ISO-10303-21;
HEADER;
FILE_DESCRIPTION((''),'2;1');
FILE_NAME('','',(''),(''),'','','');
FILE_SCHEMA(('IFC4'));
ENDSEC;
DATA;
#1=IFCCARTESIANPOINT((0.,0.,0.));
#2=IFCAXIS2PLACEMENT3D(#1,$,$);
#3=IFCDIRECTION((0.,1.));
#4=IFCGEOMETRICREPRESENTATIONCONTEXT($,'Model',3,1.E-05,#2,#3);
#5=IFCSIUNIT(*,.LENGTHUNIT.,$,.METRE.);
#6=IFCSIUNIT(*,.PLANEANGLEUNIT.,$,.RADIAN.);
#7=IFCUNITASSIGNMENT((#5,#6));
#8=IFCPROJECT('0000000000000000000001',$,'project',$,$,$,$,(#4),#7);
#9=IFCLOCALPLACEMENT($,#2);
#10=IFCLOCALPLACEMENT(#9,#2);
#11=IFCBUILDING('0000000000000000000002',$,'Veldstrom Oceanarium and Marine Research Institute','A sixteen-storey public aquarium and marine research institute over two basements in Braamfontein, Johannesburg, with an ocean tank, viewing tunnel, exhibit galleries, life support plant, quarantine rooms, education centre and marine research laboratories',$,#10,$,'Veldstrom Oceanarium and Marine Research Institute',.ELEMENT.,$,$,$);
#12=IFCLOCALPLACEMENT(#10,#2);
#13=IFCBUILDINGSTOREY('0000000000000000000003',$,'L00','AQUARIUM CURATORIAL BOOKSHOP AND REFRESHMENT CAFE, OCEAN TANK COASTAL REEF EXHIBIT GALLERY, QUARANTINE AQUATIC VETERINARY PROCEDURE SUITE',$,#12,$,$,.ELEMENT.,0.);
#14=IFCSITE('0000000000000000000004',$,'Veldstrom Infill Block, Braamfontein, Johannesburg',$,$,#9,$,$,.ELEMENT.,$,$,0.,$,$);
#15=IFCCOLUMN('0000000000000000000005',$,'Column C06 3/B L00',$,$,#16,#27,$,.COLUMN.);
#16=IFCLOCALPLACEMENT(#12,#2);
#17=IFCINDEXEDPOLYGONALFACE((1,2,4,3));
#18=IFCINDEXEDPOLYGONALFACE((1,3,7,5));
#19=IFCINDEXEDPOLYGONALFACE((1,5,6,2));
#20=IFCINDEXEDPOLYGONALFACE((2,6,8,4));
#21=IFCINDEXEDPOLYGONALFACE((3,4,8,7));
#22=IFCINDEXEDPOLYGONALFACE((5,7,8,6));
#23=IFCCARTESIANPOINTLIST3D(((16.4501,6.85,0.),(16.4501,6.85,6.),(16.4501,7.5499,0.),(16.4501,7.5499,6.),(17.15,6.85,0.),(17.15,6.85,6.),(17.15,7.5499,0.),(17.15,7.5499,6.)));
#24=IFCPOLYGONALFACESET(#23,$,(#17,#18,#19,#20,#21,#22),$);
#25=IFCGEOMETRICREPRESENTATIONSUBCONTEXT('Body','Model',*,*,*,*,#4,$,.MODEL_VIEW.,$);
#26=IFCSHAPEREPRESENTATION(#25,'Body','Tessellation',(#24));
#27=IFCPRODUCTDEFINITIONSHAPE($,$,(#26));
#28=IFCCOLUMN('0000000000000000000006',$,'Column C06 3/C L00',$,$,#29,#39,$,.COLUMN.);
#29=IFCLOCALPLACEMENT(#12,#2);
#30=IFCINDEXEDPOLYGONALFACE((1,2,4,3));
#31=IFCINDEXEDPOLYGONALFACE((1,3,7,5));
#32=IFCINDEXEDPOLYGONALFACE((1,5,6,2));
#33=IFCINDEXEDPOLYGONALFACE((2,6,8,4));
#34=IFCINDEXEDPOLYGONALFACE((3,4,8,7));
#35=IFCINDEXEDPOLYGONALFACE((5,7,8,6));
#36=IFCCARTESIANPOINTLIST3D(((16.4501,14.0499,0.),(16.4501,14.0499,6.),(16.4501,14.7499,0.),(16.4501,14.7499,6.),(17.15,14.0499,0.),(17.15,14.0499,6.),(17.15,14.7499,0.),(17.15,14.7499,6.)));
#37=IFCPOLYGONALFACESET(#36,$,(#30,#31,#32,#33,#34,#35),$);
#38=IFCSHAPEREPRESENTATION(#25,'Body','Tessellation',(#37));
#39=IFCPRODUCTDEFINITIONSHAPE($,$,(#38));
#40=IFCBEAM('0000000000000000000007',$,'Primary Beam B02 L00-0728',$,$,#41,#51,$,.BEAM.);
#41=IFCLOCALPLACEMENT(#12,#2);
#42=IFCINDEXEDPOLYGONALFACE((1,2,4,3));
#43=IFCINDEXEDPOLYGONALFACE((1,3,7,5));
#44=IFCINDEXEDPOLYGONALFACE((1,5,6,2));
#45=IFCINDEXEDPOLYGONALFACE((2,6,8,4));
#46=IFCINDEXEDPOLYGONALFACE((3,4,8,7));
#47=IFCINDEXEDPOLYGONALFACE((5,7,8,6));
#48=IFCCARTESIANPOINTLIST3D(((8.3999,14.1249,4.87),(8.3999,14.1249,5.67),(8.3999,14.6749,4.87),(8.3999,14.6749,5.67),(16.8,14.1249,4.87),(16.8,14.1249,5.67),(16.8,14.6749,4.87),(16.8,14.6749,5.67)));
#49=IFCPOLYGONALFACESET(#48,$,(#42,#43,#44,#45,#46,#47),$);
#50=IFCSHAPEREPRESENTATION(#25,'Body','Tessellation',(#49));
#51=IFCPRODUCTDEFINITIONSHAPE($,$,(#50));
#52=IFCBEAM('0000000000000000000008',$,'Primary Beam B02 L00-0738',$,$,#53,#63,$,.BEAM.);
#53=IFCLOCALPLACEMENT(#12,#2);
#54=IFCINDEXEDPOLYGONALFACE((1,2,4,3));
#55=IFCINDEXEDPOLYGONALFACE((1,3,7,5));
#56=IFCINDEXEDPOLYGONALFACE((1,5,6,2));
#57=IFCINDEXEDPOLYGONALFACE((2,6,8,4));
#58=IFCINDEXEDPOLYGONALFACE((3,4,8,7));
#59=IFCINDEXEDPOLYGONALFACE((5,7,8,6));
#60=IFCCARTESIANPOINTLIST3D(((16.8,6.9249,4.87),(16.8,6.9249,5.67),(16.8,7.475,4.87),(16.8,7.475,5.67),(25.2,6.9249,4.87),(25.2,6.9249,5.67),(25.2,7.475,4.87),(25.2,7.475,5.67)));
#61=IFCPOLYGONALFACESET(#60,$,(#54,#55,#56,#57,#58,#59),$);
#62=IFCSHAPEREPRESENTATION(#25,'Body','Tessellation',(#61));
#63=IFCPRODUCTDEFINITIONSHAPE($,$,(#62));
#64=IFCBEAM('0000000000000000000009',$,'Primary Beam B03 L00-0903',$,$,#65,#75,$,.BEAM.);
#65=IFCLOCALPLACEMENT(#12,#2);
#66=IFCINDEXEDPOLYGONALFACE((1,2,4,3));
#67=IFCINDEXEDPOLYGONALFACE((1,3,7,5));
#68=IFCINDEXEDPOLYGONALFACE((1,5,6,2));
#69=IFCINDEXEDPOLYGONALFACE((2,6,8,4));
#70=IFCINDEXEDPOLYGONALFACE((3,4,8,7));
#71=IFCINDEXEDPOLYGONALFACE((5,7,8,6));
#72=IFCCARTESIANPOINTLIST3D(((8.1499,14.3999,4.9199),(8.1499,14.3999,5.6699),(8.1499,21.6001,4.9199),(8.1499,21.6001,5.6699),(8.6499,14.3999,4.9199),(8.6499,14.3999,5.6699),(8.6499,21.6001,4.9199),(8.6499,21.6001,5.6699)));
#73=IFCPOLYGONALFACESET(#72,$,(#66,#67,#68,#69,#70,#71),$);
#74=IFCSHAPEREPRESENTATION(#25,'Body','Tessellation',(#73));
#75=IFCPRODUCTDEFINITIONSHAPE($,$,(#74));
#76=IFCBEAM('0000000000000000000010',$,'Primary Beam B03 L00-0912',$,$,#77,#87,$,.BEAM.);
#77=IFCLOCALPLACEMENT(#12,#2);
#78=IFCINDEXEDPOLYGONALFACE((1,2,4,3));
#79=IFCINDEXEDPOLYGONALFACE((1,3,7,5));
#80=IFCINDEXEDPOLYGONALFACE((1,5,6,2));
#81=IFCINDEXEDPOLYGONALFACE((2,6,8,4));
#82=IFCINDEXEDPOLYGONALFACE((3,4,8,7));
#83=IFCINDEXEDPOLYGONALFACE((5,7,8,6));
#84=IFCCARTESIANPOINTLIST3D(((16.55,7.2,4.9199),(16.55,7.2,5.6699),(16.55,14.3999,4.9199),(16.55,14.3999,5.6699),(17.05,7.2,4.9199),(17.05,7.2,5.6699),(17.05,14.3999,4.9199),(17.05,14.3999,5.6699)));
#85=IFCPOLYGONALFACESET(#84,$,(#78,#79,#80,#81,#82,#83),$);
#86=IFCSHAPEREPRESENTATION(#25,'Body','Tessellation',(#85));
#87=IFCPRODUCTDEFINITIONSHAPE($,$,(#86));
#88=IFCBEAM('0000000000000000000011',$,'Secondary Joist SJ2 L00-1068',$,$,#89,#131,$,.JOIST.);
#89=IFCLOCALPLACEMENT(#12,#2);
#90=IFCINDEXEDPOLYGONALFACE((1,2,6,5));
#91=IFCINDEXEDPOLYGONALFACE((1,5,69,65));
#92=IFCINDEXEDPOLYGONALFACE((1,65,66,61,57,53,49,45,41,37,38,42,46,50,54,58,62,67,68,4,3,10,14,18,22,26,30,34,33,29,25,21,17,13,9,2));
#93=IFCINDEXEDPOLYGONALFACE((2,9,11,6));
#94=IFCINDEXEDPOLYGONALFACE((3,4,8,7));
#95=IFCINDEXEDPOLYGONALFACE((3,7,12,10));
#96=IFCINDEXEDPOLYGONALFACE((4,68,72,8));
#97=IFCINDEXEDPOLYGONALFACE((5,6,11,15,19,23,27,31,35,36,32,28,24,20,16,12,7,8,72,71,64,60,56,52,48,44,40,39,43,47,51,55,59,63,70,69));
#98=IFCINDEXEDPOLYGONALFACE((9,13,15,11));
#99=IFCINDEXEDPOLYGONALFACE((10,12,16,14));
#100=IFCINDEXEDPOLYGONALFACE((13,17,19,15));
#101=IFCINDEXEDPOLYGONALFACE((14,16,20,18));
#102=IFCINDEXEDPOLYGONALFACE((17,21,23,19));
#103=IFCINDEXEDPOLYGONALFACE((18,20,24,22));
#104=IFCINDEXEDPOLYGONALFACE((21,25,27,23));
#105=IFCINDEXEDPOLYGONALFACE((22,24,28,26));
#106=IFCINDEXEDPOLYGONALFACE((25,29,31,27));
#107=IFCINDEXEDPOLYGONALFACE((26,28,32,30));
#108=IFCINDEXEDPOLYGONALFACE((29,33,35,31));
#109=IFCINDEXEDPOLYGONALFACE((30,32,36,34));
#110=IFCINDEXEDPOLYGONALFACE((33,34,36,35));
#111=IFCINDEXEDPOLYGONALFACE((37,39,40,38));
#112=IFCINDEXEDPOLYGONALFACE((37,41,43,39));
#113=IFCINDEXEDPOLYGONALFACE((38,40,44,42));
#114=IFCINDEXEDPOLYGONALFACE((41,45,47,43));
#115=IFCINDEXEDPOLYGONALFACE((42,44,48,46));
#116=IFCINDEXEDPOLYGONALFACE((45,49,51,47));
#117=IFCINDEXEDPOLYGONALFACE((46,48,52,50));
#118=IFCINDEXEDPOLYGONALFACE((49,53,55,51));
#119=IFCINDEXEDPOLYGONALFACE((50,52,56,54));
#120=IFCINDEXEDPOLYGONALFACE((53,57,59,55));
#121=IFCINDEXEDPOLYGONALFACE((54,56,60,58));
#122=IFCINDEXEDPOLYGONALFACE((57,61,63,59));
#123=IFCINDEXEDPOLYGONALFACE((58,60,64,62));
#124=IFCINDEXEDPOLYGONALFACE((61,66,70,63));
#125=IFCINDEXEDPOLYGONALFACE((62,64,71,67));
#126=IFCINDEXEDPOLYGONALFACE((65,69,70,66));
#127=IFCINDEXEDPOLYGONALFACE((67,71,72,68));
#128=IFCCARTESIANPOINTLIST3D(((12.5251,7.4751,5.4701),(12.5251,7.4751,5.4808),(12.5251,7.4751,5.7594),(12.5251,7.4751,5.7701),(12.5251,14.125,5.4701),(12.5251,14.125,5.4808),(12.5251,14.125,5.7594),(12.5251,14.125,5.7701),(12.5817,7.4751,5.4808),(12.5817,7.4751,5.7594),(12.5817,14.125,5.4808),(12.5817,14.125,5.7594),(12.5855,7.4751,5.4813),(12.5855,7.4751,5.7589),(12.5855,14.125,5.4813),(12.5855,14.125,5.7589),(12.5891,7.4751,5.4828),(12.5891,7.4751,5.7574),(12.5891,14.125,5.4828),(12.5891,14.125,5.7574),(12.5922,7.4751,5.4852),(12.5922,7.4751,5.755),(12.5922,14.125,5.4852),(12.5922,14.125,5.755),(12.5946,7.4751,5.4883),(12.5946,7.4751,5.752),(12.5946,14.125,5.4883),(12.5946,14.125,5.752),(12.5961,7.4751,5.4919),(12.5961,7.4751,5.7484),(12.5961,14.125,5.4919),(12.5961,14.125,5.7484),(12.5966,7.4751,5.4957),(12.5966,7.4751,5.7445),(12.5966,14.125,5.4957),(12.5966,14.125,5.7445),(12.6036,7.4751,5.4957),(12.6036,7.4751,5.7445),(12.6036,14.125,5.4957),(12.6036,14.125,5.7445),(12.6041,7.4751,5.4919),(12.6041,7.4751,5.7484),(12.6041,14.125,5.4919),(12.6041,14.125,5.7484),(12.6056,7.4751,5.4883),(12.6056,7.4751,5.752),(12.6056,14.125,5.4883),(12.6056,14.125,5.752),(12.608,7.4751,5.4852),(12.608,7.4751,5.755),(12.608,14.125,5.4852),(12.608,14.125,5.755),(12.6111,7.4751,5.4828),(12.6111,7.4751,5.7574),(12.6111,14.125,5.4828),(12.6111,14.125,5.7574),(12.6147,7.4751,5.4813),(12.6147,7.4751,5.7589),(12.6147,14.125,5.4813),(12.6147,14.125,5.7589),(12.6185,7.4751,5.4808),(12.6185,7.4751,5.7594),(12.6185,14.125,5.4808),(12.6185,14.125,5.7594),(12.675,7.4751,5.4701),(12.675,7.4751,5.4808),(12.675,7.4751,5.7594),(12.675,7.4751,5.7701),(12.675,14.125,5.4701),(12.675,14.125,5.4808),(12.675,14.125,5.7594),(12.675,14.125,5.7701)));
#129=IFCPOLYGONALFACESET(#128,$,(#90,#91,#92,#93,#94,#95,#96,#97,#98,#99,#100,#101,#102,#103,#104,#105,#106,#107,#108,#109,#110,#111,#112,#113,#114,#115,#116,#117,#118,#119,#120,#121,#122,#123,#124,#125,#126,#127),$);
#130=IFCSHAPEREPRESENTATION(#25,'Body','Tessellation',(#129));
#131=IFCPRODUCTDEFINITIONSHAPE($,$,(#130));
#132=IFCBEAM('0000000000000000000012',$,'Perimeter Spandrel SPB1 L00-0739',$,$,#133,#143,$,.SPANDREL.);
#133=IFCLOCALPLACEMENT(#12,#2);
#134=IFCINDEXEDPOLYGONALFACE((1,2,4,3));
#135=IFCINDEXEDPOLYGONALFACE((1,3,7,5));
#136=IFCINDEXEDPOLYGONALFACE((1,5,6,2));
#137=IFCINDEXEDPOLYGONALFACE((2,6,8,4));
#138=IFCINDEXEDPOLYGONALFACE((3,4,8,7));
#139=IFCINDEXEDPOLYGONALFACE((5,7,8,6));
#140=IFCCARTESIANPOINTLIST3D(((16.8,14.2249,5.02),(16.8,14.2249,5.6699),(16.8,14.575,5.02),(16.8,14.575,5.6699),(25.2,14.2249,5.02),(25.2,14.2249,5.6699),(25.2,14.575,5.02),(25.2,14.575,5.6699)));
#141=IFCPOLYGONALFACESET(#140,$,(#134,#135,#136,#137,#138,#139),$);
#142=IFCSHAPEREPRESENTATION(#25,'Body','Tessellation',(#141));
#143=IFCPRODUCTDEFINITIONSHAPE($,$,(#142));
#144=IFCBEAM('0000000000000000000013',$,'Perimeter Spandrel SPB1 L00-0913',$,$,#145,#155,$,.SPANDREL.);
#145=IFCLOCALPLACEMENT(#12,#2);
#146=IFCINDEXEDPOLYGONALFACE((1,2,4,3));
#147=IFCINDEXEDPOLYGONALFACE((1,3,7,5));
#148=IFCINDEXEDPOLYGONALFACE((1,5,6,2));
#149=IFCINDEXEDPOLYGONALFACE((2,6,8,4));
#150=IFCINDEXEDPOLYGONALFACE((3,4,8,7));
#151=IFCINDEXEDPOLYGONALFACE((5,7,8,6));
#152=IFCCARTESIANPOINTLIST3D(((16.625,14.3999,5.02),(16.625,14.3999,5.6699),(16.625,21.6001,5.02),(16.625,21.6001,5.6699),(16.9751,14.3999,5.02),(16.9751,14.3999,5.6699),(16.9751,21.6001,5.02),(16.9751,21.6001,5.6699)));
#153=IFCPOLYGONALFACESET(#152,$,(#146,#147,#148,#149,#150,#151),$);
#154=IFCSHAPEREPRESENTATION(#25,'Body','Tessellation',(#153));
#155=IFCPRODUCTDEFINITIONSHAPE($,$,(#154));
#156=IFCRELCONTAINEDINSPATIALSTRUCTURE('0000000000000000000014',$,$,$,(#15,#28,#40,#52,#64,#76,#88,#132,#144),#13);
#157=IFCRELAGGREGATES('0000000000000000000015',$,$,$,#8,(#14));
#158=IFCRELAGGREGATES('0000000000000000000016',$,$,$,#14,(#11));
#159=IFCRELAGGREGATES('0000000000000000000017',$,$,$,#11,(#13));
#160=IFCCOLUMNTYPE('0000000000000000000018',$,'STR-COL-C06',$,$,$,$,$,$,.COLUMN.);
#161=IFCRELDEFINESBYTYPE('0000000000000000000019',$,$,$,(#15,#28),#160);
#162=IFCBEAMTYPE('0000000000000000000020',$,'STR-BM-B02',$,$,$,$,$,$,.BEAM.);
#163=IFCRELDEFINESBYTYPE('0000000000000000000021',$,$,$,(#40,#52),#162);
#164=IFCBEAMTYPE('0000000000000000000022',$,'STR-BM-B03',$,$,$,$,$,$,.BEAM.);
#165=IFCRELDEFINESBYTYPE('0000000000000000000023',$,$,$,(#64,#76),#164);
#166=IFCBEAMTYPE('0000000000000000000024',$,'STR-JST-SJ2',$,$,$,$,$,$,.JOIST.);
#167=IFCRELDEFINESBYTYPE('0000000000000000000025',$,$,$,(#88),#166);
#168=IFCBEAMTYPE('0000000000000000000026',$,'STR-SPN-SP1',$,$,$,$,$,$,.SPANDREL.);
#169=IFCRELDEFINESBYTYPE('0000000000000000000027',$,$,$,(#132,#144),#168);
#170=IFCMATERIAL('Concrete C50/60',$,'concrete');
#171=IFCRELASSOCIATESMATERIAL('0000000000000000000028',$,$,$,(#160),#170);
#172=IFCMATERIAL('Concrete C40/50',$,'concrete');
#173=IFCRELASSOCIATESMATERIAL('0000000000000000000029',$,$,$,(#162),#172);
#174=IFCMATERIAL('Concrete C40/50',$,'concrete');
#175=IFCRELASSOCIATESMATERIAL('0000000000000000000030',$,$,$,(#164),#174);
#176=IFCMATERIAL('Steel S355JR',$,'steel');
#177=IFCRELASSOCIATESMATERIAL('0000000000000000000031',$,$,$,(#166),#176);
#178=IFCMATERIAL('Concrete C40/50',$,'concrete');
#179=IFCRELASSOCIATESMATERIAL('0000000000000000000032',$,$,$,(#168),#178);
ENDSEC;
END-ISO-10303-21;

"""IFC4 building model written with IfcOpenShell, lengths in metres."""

from ifc_helpers import new_model, si_unit, direction, frame, origin, origin_2d, place, context, subcontext, project, spatial, rectangle, i_section, extrude, material, material_profile, profile_set, type_object, element, save


model = new_model("IFC4")

# Units and contexts
model_context = context("Model", 3, precision=1e-05, world=origin(), true_north=direction((0.0, 1.0)))
body_context = subcontext(model_context, "Body", "Model", "MODEL_VIEW")
ifc_project = project(units=[si_unit("LENGTHUNIT", "METRE"), si_unit("PLANEANGLEUNIT", "RADIAN")], contexts=[model_context])

# Site, building, storey
site_placement = place(None, origin())
site = spatial("IfcSite", under=ifc_project, at=site_placement, Name="Veldstrom Infill Block, Braamfontein, Johannesburg", CompositionType="ELEMENT", RefElevation=0.0)
building_placement = place(site_placement, origin())
building = spatial("IfcBuilding", under=site, at=building_placement, Name="Veldstrom Oceanarium and Marine Research Institute", Description="A sixteen-storey public aquarium and marine research institute over two basements in Braamfontein, Johannesburg, with an ocean tank, viewing tunnel, exhibit galleries, life support plant, quarantine rooms, education centre and marine research laboratories", LongName="Veldstrom Oceanarium and Marine Research Institute", CompositionType="ELEMENT")
storey_placement = place(building_placement, origin())
storey = spatial("IfcBuildingStorey", under=building, at=storey_placement, Name="L00", Description="AQUARIUM CURATORIAL BOOKSHOP AND REFRESHMENT CAFE, OCEAN TANK COASTAL REEF EXHIBIT GALLERY, QUARANTINE AQUATIC VETERINARY PROCEDURE SUITE", CompositionType="ELEMENT", Elevation=0.0)

# Columns
ifc_material_1 = material(Name="Concrete C50/60", Category="concrete")
ifc_material_profile_1 = material_profile(ifc_material_1, rectangle(XDim=0.7, YDim=0.7, at=origin_2d()), Name="RC-COL-700x700")
ifc_profile_set_1 = profile_set([ifc_material_profile_1], Name="Concrete C50/60")
column_type = type_object("IfcColumnType", Name="STR-COL-C06", PredefinedType="COLUMN", material=ifc_profile_set_1)
for number, where, z_axis, x_axis, name in (
    (1, (16.8, 7.2, 0.0), (0.0, 0.0, 1.0), (1.0, 0.0, 0.0), "Column C06 3/B L00"),
    (2, (16.8, 14.3999, 0.0), (0.0, 0.0, 1.0), (1.0, 0.0, 0.0), "Column C06 3/C L00"),
):
    element("IfcColumn", number, at=place(storey_placement, frame(where, z_axis=z_axis, x_axis=x_axis)), inside=storey, type_object=column_type, Name=name, PredefinedType="COLUMN", context=body_context, shape_type="SweptSolid", body=[
        extrude(rectangle(XDim=0.7, YDim=0.7, at=origin_2d()), origin(), (0.0, 0.0, 1.0), 6.0),
    ])

# Beams
ifc_material_2 = material(Name="Concrete C40/50", Category="concrete")
ifc_material_profile_2 = material_profile(ifc_material_2, rectangle(XDim=0.55, YDim=0.8, at=origin_2d()), Name="RC-BM-550x800")
ifc_profile_set_2 = profile_set([ifc_material_profile_2], Name="Concrete C40/50")
beam_type_1 = type_object("IfcBeamType", Name="STR-BM-B02", PredefinedType="BEAM", material=ifc_profile_set_2)
beam_1_placement = place(storey_placement, frame((8.3999, 14.3999, 5.27), z_axis=(1.0, 0.0, 0.0), x_axis=(0.0, 1.0, 0.0)))
element("IfcBeam", 3, at=beam_1_placement, inside=storey, type_object=beam_type_1, Name="Primary Beam B02 L00-0728", PredefinedType="BEAM", context=body_context, shape_type="SweptSolid", body=[
    extrude(rectangle(XDim=0.55, YDim=0.8, at=origin_2d()), origin(), (0.0, 0.0, 1.0), 8.4001),
])
beam_2_placement = place(storey_placement, frame((16.8, 7.2, 5.27), z_axis=(1.0, 0.0, 0.0), x_axis=(0.0, 1.0, 0.0)))
element("IfcBeam", 4, at=beam_2_placement, inside=storey, type_object=beam_type_1, Name="Primary Beam B02 L00-0738", PredefinedType="BEAM", context=body_context, shape_type="SweptSolid", body=[
    extrude(rectangle(XDim=0.55, YDim=0.8, at=origin_2d()), origin(), (0.0, 0.0, 1.0), 8.3999),
])
ifc_material_3 = material(Name="Concrete C40/50", Category="concrete")
ifc_material_profile_3 = material_profile(ifc_material_3, rectangle(XDim=0.5, YDim=0.75, at=origin_2d()), Name="RC-BM-500x750")
ifc_profile_set_3 = profile_set([ifc_material_profile_3], Name="Concrete C40/50")
beam_type_2 = type_object("IfcBeamType", Name="STR-BM-B03", PredefinedType="BEAM", material=ifc_profile_set_3)
beam_3_placement = place(storey_placement, frame((8.3999, 14.3999, 5.2949), z_axis=(0.0, 1.0, 0.0), x_axis=(-1.0, 0.0, 0.0)))
element("IfcBeam", 5, at=beam_3_placement, inside=storey, type_object=beam_type_2, Name="Primary Beam B03 L00-0903", PredefinedType="BEAM", context=body_context, shape_type="SweptSolid", body=[
    extrude(rectangle(XDim=0.5, YDim=0.75, at=origin_2d()), origin(), (0.0, 0.0, 1.0), 7.2002),
])
beam_4_placement = place(storey_placement, frame((16.8, 7.2, 5.2949), z_axis=(0.0, 1.0, 0.0), x_axis=(-1.0, 0.0, 0.0)))
element("IfcBeam", 6, at=beam_4_placement, inside=storey, type_object=beam_type_2, Name="Primary Beam B03 L00-0912", PredefinedType="BEAM", context=body_context, shape_type="SweptSolid", body=[
    extrude(rectangle(XDim=0.5, YDim=0.75, at=origin_2d()), origin(), (0.0, 0.0, 1.0), 7.2),
])
ifc_material_4 = material(Name="Steel S355JR", Category="steel")
ifc_material_profile_4 = material_profile(ifc_material_4, i_section(OverallWidth=0.1499, OverallDepth=0.3, WebThickness=0.0071, FlangeThickness=0.0107, FilletRadius=0.0149, at=origin_2d()), Name="IPE 300")
ifc_profile_set_4 = profile_set([ifc_material_profile_4], Name="Steel S355JR")
beam_type_3 = type_object("IfcBeamType", Name="STR-JST-SJ2", PredefinedType="JOIST", material=ifc_profile_set_4)
beam_5_placement = place(storey_placement, frame((12.6001, 7.4751, 5.6201), z_axis=(0.0, 1.0, 0.0), x_axis=(-1.0, 0.0, 0.0)))
element("IfcBeam", 7, at=beam_5_placement, inside=storey, type_object=beam_type_3, Name="Secondary Joist SJ2 L00-1068", PredefinedType="JOIST", context=body_context, shape_type="SweptSolid", body=[
    extrude(i_section(OverallWidth=0.1499, OverallDepth=0.3, WebThickness=0.0071, FlangeThickness=0.0107, FilletRadius=0.0149, at=origin_2d()), origin(), (0.0, 0.0, 1.0), 6.6499),
])
ifc_material_5 = material(Name="Concrete C40/50", Category="concrete")
ifc_material_profile_5 = material_profile(ifc_material_5, rectangle(XDim=0.3501, YDim=0.6499, at=origin_2d()), Name="RC-SPN-350x650")
ifc_profile_set_5 = profile_set([ifc_material_profile_5], Name="Concrete C40/50")
beam_type_4 = type_object("IfcBeamType", Name="STR-SPN-SP1", PredefinedType="SPANDREL", material=ifc_profile_set_5)
beam_6_placement = place(storey_placement, frame((16.8, 14.3999, 5.345), z_axis=(1.0, 0.0, 0.0), x_axis=(0.0, 1.0, 0.0)))
element("IfcBeam", 8, at=beam_6_placement, inside=storey, type_object=beam_type_4, Name="Perimeter Spandrel SPB1 L00-0739", PredefinedType="SPANDREL", context=body_context, shape_type="SweptSolid", body=[
    extrude(rectangle(XDim=0.3501, YDim=0.6499, at=origin_2d()), origin(), (0.0, 0.0, 1.0), 8.3999),
])
beam_7_placement = place(storey_placement, frame((16.8, 14.3999, 5.345), z_axis=(0.0, 1.0, 0.0), x_axis=(-1.0, 0.0, 0.0)))
element("IfcBeam", 9, at=beam_7_placement, inside=storey, type_object=beam_type_4, Name="Perimeter Spandrel SPB1 L00-0913", PredefinedType="SPANDREL", context=body_context, shape_type="SweptSolid", body=[
    extrude(rectangle(XDim=0.3501, YDim=0.6499, at=origin_2d()), origin(), (0.0, 0.0, 1.0), 7.2002),
])

save(model, "model.ifc")
